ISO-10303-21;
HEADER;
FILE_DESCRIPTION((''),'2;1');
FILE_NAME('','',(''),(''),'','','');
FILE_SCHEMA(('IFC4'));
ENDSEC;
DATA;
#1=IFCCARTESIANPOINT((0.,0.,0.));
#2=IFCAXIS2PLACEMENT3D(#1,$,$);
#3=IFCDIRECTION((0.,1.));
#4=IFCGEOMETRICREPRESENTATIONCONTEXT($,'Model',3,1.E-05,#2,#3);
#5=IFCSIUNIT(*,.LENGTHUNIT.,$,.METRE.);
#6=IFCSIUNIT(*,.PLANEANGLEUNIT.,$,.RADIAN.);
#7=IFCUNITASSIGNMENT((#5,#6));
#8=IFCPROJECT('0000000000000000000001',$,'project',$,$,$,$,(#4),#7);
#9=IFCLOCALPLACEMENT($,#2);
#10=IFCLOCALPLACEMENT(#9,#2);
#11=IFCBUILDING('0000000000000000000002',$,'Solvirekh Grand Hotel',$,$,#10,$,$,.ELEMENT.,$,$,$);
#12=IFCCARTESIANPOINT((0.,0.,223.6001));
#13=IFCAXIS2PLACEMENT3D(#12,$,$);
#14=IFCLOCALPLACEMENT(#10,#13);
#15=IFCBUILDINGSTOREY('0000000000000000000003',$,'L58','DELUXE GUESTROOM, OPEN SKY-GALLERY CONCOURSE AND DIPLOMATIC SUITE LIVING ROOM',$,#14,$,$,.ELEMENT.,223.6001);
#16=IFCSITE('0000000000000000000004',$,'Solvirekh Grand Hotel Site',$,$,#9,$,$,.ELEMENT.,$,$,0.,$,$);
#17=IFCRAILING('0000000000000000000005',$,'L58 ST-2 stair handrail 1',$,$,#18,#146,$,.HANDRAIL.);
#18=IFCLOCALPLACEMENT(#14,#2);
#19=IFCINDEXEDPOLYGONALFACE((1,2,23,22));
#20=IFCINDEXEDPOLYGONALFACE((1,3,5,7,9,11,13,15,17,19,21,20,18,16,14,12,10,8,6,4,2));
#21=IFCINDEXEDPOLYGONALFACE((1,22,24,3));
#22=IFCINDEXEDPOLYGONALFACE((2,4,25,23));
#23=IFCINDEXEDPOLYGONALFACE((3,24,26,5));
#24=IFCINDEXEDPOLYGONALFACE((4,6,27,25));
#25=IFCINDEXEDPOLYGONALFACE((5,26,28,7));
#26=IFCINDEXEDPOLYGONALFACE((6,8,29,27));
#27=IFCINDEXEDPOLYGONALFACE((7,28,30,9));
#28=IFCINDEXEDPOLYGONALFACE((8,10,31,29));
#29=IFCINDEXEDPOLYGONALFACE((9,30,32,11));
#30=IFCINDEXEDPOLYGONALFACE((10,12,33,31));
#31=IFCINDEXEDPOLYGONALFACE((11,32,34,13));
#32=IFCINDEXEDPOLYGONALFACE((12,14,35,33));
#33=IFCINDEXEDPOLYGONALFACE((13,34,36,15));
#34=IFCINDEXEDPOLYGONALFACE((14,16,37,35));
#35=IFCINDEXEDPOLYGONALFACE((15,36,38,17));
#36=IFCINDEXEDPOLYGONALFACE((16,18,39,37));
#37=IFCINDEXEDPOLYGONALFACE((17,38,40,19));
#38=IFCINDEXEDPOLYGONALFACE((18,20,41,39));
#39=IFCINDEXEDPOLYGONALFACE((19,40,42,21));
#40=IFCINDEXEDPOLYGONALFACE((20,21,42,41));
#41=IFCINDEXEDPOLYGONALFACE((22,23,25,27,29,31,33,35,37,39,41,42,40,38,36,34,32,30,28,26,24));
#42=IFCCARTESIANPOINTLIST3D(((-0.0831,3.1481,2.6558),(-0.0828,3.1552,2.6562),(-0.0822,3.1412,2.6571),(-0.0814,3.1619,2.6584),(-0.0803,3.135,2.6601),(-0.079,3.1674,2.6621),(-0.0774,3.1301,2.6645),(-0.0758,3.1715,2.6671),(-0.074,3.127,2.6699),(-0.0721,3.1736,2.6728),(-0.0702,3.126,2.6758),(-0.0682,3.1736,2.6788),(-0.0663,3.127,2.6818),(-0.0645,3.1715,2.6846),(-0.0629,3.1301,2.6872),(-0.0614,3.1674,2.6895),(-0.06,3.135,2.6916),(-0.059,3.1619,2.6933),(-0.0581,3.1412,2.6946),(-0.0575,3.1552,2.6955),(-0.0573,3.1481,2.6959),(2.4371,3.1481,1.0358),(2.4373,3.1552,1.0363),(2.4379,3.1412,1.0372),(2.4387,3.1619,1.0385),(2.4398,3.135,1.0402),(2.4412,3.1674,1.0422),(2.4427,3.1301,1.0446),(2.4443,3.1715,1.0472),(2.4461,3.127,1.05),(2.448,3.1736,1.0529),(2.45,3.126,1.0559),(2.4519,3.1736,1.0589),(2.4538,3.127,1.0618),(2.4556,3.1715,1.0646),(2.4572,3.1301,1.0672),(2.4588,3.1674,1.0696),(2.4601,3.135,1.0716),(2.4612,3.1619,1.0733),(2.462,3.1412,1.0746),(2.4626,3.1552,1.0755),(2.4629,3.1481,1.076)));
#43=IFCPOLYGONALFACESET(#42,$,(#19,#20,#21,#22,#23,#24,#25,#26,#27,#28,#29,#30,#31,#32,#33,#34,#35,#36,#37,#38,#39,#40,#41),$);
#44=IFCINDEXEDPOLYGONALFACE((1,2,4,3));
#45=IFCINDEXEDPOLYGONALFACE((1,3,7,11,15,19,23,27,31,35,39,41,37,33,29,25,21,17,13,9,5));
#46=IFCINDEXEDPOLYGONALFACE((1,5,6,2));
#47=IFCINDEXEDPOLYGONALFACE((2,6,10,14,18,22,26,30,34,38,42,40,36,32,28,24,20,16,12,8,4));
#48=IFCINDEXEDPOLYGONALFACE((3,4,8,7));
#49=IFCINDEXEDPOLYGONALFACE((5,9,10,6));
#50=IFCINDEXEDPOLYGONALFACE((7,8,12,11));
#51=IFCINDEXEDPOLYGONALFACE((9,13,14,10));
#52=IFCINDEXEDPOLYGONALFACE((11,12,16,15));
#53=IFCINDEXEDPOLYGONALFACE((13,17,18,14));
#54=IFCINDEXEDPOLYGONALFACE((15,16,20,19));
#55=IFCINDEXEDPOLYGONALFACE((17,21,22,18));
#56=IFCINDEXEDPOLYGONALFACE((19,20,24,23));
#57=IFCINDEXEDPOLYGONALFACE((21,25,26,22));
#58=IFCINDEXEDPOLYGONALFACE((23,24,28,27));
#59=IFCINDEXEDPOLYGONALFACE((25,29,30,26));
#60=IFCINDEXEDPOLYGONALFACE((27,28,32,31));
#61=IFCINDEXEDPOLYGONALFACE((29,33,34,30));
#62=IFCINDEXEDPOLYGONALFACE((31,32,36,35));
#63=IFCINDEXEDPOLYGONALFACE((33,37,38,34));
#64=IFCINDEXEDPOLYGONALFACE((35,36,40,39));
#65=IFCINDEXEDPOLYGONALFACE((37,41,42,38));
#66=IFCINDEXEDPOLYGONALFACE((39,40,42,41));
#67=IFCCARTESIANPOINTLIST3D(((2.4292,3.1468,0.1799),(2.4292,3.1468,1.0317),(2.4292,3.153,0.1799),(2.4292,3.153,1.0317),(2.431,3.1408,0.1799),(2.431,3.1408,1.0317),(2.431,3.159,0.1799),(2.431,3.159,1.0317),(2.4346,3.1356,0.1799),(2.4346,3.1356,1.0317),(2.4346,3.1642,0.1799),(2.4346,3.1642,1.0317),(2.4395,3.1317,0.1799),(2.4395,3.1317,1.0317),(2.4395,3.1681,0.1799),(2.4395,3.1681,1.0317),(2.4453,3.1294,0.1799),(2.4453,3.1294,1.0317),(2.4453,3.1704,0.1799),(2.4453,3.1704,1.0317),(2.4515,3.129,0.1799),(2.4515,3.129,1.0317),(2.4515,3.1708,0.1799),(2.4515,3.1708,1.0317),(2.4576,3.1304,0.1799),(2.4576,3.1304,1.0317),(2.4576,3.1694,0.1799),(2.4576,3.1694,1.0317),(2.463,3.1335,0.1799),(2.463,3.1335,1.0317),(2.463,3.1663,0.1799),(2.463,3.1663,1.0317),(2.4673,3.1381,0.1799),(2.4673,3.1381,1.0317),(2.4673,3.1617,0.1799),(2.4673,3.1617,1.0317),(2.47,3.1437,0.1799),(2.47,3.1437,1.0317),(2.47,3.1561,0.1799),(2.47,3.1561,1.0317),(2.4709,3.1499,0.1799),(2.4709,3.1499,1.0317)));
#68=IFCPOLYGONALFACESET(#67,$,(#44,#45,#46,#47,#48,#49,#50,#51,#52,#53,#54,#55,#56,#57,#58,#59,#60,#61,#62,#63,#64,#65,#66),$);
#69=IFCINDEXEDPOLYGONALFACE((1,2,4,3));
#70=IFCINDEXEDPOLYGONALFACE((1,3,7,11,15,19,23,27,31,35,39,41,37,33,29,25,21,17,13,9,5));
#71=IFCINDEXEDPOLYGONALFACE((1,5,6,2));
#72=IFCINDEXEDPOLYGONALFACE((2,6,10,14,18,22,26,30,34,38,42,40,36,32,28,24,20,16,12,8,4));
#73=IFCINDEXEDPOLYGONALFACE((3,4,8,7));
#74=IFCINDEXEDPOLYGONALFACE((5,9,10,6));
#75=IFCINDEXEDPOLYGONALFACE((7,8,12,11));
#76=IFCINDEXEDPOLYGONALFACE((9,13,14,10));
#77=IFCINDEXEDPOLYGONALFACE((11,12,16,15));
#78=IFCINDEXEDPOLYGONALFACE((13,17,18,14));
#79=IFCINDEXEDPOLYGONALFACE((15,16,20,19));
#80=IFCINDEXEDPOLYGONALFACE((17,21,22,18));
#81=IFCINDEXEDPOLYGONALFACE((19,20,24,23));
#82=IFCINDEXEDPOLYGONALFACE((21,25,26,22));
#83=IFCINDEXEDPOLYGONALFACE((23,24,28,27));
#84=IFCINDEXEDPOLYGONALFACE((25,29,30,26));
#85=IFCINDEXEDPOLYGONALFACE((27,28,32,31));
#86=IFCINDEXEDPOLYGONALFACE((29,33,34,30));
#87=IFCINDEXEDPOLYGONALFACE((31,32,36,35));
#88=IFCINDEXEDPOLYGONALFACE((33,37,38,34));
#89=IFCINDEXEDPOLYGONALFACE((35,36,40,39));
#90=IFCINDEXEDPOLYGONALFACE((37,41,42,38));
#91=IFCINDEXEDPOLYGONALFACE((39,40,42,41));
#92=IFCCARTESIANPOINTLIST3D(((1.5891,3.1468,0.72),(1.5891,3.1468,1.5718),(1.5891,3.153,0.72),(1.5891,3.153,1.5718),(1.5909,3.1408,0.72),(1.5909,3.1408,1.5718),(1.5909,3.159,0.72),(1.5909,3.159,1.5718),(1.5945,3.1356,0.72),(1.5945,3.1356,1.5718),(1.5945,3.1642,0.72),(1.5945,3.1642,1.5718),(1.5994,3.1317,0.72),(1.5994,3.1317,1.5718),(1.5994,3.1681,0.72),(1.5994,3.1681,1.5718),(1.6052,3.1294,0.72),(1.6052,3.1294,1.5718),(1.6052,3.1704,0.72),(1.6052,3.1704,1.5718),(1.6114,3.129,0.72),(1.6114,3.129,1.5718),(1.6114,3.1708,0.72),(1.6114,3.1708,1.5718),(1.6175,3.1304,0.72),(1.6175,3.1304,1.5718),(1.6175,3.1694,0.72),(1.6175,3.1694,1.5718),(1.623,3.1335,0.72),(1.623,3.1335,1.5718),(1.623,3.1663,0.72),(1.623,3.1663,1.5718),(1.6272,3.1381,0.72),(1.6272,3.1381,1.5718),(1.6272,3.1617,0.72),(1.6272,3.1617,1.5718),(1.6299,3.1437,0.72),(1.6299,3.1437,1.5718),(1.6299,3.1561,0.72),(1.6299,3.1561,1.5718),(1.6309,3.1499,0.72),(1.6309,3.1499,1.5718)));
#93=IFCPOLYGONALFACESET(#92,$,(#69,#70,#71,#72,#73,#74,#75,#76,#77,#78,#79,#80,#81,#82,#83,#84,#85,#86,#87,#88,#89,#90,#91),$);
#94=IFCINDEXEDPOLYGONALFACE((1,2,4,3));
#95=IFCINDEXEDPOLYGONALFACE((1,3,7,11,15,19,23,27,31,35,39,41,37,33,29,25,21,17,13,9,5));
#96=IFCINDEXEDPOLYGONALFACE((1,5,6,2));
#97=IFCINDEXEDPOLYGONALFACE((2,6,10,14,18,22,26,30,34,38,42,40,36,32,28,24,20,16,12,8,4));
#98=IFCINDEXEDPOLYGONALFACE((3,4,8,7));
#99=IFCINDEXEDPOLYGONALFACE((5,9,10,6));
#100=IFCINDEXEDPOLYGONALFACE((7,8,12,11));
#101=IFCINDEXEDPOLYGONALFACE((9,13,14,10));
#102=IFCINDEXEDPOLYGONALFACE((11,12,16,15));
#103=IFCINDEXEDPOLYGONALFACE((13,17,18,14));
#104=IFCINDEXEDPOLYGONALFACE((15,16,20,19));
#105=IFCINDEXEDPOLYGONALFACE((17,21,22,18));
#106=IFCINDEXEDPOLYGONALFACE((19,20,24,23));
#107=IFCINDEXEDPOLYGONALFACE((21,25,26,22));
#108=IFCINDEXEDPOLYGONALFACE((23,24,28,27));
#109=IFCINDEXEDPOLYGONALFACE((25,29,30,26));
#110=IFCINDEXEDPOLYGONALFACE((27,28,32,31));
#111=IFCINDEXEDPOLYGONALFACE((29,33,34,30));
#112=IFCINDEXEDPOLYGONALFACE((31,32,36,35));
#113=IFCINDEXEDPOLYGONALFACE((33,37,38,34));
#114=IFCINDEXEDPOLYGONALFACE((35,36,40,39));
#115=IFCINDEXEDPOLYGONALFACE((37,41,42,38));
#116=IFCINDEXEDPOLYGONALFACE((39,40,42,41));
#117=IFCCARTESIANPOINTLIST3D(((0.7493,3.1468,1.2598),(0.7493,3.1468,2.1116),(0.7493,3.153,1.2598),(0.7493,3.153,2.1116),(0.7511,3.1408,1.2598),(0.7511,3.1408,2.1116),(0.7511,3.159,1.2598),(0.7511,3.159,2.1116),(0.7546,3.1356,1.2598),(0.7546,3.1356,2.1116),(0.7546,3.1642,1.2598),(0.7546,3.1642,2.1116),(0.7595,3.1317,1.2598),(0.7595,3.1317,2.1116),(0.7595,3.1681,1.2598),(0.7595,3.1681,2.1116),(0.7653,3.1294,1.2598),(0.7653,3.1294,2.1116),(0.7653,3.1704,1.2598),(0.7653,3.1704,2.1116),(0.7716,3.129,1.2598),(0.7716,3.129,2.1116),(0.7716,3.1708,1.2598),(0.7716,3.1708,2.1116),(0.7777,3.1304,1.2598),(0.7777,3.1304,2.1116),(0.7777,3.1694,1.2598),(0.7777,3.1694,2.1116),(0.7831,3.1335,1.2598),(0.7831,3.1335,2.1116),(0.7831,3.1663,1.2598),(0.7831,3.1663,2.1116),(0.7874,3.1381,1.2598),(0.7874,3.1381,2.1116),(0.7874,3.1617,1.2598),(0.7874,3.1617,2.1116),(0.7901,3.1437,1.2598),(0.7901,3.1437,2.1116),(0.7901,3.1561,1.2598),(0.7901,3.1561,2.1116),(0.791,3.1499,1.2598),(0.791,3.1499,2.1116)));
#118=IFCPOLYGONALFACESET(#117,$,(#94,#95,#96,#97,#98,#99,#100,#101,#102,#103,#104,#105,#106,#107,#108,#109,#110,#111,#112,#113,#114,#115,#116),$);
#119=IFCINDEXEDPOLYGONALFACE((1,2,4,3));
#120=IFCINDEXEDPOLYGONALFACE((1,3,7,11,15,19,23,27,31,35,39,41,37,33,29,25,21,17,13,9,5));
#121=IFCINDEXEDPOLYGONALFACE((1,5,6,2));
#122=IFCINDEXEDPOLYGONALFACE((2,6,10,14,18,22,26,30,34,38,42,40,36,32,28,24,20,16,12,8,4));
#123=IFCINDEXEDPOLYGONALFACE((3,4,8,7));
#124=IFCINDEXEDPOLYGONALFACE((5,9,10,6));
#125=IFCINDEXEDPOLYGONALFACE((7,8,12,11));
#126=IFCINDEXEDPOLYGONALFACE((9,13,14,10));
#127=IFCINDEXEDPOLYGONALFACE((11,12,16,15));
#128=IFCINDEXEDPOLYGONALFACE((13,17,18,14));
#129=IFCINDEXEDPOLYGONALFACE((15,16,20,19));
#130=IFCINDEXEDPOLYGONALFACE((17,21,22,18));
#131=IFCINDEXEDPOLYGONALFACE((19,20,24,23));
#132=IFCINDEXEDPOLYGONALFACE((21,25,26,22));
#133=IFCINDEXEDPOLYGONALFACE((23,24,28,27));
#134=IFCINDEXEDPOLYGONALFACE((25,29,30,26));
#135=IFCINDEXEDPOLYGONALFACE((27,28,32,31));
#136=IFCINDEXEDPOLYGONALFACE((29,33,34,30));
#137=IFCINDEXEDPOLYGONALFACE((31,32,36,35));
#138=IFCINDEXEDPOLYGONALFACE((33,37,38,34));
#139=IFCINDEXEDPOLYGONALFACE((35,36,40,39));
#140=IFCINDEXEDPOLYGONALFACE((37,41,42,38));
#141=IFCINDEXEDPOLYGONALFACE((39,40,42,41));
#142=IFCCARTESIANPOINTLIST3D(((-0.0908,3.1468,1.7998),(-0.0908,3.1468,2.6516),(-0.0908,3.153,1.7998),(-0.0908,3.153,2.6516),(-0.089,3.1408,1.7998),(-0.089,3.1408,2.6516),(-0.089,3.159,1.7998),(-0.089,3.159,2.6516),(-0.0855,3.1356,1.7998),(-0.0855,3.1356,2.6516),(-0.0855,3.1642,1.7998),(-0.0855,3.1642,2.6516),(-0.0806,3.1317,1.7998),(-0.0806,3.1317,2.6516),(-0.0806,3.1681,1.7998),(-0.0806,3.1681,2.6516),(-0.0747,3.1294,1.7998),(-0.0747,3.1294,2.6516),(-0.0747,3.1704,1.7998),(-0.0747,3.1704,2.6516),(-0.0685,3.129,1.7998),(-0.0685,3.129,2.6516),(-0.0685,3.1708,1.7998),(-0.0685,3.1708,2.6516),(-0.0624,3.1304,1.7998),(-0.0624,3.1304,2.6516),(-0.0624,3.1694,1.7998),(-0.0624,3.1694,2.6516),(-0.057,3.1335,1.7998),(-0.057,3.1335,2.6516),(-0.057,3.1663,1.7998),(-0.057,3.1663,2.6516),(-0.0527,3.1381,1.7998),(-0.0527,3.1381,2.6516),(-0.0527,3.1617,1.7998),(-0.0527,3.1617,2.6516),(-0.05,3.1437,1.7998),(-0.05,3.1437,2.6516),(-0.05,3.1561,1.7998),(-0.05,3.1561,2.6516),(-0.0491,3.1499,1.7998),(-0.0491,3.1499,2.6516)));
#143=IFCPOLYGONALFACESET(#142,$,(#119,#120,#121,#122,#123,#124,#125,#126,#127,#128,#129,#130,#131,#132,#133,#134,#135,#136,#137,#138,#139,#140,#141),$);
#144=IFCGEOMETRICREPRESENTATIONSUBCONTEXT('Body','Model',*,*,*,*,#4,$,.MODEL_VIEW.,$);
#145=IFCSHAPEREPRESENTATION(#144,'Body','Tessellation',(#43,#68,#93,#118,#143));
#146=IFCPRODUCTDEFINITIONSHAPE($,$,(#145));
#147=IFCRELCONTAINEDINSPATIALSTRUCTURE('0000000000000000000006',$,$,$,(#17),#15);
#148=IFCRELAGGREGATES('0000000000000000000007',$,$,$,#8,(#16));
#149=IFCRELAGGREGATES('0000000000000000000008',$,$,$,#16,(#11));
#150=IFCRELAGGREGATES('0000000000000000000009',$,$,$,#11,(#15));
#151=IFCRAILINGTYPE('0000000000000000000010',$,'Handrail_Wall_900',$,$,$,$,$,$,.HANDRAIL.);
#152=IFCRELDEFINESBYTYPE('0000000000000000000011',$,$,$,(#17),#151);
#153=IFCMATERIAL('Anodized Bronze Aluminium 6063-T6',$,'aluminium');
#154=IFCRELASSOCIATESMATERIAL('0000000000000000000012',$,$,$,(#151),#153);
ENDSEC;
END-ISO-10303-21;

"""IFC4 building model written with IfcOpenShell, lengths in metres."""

from ifc_helpers import new_model, si_unit, direction, frame, origin, origin_2d, place, context, subcontext, project, spatial, circle, extrude, material, type_object, element, save


model = new_model("IFC4")

# Units and contexts
model_context = context("Model", 3, precision=1e-05, world=origin(), true_north=direction((0.0, 1.0)))
body_context = subcontext(model_context, "Body", "Model", "MODEL_VIEW")
ifc_project = project(units=[si_unit("LENGTHUNIT", "METRE"), si_unit("PLANEANGLEUNIT", "RADIAN")], contexts=[model_context])

# Site, building, storey
site_placement = place(None, origin())
site = spatial("IfcSite", under=ifc_project, at=site_placement, Name="Solvirekh Grand Hotel Site", CompositionType="ELEMENT", RefElevation=0.0)
building_placement = place(site_placement, origin())
building = spatial("IfcBuilding", under=site, at=building_placement, Name="Solvirekh Grand Hotel", CompositionType="ELEMENT")
storey_placement = place(building_placement, frame((0.0, 0.0, 223.6001)))
storey = spatial("IfcBuildingStorey", under=building, at=storey_placement, Name="L58", Description="DELUXE GUESTROOM, OPEN SKY-GALLERY CONCOURSE AND DIPLOMATIC SUITE LIVING ROOM", CompositionType="ELEMENT", Elevation=223.6001)

# Railing
ifc_material_1 = material(Name="Anodized Bronze Aluminium 6063-T6", Category="aluminium")
railing_type_1 = type_object("IfcRailingType", Name="Handrail_Wall_900", PredefinedType="HANDRAIL", material=ifc_material_1)
railing_1_placement = place(storey_placement, frame((2.45, 3.1499, 0.1799)))
element("IfcRailing", 1, at=railing_1_placement, inside=storey, type_object=railing_type_1, Name="L58 ST-2 stair handrail 1", PredefinedType="HANDRAIL", context=body_context, shape_type="SweptSolid", body=[
    extrude(circle(Radius=0.0239, at=origin_2d()), frame((0.0, 0.0, 0.876), z_axis=(-0.8412, 0.0, 0.540725), x_axis=(0.0, -1.0, 0.0)), (0.0, 0.0, 1.0), 2.9958),
    extrude(circle(Radius=0.021, at=origin_2d()), origin(), (0.0, 0.0, 1.0), 0.8518),
    extrude(circle(Radius=0.021, at=origin_2d()), frame((-0.8401, 0.0, 0.54)), (0.0, 0.0, 1.0), 0.8518),
    extrude(circle(Radius=0.021, at=origin_2d()), frame((-1.6799, 0.0, 1.0798)), (0.0, 0.0, 1.0), 0.8518),
    extrude(circle(Radius=0.021, at=origin_2d()), frame((-2.52, 0.0, 1.6199)), (0.0, 0.0, 1.0), 0.8518),
])

save(model, "model.ifc")
